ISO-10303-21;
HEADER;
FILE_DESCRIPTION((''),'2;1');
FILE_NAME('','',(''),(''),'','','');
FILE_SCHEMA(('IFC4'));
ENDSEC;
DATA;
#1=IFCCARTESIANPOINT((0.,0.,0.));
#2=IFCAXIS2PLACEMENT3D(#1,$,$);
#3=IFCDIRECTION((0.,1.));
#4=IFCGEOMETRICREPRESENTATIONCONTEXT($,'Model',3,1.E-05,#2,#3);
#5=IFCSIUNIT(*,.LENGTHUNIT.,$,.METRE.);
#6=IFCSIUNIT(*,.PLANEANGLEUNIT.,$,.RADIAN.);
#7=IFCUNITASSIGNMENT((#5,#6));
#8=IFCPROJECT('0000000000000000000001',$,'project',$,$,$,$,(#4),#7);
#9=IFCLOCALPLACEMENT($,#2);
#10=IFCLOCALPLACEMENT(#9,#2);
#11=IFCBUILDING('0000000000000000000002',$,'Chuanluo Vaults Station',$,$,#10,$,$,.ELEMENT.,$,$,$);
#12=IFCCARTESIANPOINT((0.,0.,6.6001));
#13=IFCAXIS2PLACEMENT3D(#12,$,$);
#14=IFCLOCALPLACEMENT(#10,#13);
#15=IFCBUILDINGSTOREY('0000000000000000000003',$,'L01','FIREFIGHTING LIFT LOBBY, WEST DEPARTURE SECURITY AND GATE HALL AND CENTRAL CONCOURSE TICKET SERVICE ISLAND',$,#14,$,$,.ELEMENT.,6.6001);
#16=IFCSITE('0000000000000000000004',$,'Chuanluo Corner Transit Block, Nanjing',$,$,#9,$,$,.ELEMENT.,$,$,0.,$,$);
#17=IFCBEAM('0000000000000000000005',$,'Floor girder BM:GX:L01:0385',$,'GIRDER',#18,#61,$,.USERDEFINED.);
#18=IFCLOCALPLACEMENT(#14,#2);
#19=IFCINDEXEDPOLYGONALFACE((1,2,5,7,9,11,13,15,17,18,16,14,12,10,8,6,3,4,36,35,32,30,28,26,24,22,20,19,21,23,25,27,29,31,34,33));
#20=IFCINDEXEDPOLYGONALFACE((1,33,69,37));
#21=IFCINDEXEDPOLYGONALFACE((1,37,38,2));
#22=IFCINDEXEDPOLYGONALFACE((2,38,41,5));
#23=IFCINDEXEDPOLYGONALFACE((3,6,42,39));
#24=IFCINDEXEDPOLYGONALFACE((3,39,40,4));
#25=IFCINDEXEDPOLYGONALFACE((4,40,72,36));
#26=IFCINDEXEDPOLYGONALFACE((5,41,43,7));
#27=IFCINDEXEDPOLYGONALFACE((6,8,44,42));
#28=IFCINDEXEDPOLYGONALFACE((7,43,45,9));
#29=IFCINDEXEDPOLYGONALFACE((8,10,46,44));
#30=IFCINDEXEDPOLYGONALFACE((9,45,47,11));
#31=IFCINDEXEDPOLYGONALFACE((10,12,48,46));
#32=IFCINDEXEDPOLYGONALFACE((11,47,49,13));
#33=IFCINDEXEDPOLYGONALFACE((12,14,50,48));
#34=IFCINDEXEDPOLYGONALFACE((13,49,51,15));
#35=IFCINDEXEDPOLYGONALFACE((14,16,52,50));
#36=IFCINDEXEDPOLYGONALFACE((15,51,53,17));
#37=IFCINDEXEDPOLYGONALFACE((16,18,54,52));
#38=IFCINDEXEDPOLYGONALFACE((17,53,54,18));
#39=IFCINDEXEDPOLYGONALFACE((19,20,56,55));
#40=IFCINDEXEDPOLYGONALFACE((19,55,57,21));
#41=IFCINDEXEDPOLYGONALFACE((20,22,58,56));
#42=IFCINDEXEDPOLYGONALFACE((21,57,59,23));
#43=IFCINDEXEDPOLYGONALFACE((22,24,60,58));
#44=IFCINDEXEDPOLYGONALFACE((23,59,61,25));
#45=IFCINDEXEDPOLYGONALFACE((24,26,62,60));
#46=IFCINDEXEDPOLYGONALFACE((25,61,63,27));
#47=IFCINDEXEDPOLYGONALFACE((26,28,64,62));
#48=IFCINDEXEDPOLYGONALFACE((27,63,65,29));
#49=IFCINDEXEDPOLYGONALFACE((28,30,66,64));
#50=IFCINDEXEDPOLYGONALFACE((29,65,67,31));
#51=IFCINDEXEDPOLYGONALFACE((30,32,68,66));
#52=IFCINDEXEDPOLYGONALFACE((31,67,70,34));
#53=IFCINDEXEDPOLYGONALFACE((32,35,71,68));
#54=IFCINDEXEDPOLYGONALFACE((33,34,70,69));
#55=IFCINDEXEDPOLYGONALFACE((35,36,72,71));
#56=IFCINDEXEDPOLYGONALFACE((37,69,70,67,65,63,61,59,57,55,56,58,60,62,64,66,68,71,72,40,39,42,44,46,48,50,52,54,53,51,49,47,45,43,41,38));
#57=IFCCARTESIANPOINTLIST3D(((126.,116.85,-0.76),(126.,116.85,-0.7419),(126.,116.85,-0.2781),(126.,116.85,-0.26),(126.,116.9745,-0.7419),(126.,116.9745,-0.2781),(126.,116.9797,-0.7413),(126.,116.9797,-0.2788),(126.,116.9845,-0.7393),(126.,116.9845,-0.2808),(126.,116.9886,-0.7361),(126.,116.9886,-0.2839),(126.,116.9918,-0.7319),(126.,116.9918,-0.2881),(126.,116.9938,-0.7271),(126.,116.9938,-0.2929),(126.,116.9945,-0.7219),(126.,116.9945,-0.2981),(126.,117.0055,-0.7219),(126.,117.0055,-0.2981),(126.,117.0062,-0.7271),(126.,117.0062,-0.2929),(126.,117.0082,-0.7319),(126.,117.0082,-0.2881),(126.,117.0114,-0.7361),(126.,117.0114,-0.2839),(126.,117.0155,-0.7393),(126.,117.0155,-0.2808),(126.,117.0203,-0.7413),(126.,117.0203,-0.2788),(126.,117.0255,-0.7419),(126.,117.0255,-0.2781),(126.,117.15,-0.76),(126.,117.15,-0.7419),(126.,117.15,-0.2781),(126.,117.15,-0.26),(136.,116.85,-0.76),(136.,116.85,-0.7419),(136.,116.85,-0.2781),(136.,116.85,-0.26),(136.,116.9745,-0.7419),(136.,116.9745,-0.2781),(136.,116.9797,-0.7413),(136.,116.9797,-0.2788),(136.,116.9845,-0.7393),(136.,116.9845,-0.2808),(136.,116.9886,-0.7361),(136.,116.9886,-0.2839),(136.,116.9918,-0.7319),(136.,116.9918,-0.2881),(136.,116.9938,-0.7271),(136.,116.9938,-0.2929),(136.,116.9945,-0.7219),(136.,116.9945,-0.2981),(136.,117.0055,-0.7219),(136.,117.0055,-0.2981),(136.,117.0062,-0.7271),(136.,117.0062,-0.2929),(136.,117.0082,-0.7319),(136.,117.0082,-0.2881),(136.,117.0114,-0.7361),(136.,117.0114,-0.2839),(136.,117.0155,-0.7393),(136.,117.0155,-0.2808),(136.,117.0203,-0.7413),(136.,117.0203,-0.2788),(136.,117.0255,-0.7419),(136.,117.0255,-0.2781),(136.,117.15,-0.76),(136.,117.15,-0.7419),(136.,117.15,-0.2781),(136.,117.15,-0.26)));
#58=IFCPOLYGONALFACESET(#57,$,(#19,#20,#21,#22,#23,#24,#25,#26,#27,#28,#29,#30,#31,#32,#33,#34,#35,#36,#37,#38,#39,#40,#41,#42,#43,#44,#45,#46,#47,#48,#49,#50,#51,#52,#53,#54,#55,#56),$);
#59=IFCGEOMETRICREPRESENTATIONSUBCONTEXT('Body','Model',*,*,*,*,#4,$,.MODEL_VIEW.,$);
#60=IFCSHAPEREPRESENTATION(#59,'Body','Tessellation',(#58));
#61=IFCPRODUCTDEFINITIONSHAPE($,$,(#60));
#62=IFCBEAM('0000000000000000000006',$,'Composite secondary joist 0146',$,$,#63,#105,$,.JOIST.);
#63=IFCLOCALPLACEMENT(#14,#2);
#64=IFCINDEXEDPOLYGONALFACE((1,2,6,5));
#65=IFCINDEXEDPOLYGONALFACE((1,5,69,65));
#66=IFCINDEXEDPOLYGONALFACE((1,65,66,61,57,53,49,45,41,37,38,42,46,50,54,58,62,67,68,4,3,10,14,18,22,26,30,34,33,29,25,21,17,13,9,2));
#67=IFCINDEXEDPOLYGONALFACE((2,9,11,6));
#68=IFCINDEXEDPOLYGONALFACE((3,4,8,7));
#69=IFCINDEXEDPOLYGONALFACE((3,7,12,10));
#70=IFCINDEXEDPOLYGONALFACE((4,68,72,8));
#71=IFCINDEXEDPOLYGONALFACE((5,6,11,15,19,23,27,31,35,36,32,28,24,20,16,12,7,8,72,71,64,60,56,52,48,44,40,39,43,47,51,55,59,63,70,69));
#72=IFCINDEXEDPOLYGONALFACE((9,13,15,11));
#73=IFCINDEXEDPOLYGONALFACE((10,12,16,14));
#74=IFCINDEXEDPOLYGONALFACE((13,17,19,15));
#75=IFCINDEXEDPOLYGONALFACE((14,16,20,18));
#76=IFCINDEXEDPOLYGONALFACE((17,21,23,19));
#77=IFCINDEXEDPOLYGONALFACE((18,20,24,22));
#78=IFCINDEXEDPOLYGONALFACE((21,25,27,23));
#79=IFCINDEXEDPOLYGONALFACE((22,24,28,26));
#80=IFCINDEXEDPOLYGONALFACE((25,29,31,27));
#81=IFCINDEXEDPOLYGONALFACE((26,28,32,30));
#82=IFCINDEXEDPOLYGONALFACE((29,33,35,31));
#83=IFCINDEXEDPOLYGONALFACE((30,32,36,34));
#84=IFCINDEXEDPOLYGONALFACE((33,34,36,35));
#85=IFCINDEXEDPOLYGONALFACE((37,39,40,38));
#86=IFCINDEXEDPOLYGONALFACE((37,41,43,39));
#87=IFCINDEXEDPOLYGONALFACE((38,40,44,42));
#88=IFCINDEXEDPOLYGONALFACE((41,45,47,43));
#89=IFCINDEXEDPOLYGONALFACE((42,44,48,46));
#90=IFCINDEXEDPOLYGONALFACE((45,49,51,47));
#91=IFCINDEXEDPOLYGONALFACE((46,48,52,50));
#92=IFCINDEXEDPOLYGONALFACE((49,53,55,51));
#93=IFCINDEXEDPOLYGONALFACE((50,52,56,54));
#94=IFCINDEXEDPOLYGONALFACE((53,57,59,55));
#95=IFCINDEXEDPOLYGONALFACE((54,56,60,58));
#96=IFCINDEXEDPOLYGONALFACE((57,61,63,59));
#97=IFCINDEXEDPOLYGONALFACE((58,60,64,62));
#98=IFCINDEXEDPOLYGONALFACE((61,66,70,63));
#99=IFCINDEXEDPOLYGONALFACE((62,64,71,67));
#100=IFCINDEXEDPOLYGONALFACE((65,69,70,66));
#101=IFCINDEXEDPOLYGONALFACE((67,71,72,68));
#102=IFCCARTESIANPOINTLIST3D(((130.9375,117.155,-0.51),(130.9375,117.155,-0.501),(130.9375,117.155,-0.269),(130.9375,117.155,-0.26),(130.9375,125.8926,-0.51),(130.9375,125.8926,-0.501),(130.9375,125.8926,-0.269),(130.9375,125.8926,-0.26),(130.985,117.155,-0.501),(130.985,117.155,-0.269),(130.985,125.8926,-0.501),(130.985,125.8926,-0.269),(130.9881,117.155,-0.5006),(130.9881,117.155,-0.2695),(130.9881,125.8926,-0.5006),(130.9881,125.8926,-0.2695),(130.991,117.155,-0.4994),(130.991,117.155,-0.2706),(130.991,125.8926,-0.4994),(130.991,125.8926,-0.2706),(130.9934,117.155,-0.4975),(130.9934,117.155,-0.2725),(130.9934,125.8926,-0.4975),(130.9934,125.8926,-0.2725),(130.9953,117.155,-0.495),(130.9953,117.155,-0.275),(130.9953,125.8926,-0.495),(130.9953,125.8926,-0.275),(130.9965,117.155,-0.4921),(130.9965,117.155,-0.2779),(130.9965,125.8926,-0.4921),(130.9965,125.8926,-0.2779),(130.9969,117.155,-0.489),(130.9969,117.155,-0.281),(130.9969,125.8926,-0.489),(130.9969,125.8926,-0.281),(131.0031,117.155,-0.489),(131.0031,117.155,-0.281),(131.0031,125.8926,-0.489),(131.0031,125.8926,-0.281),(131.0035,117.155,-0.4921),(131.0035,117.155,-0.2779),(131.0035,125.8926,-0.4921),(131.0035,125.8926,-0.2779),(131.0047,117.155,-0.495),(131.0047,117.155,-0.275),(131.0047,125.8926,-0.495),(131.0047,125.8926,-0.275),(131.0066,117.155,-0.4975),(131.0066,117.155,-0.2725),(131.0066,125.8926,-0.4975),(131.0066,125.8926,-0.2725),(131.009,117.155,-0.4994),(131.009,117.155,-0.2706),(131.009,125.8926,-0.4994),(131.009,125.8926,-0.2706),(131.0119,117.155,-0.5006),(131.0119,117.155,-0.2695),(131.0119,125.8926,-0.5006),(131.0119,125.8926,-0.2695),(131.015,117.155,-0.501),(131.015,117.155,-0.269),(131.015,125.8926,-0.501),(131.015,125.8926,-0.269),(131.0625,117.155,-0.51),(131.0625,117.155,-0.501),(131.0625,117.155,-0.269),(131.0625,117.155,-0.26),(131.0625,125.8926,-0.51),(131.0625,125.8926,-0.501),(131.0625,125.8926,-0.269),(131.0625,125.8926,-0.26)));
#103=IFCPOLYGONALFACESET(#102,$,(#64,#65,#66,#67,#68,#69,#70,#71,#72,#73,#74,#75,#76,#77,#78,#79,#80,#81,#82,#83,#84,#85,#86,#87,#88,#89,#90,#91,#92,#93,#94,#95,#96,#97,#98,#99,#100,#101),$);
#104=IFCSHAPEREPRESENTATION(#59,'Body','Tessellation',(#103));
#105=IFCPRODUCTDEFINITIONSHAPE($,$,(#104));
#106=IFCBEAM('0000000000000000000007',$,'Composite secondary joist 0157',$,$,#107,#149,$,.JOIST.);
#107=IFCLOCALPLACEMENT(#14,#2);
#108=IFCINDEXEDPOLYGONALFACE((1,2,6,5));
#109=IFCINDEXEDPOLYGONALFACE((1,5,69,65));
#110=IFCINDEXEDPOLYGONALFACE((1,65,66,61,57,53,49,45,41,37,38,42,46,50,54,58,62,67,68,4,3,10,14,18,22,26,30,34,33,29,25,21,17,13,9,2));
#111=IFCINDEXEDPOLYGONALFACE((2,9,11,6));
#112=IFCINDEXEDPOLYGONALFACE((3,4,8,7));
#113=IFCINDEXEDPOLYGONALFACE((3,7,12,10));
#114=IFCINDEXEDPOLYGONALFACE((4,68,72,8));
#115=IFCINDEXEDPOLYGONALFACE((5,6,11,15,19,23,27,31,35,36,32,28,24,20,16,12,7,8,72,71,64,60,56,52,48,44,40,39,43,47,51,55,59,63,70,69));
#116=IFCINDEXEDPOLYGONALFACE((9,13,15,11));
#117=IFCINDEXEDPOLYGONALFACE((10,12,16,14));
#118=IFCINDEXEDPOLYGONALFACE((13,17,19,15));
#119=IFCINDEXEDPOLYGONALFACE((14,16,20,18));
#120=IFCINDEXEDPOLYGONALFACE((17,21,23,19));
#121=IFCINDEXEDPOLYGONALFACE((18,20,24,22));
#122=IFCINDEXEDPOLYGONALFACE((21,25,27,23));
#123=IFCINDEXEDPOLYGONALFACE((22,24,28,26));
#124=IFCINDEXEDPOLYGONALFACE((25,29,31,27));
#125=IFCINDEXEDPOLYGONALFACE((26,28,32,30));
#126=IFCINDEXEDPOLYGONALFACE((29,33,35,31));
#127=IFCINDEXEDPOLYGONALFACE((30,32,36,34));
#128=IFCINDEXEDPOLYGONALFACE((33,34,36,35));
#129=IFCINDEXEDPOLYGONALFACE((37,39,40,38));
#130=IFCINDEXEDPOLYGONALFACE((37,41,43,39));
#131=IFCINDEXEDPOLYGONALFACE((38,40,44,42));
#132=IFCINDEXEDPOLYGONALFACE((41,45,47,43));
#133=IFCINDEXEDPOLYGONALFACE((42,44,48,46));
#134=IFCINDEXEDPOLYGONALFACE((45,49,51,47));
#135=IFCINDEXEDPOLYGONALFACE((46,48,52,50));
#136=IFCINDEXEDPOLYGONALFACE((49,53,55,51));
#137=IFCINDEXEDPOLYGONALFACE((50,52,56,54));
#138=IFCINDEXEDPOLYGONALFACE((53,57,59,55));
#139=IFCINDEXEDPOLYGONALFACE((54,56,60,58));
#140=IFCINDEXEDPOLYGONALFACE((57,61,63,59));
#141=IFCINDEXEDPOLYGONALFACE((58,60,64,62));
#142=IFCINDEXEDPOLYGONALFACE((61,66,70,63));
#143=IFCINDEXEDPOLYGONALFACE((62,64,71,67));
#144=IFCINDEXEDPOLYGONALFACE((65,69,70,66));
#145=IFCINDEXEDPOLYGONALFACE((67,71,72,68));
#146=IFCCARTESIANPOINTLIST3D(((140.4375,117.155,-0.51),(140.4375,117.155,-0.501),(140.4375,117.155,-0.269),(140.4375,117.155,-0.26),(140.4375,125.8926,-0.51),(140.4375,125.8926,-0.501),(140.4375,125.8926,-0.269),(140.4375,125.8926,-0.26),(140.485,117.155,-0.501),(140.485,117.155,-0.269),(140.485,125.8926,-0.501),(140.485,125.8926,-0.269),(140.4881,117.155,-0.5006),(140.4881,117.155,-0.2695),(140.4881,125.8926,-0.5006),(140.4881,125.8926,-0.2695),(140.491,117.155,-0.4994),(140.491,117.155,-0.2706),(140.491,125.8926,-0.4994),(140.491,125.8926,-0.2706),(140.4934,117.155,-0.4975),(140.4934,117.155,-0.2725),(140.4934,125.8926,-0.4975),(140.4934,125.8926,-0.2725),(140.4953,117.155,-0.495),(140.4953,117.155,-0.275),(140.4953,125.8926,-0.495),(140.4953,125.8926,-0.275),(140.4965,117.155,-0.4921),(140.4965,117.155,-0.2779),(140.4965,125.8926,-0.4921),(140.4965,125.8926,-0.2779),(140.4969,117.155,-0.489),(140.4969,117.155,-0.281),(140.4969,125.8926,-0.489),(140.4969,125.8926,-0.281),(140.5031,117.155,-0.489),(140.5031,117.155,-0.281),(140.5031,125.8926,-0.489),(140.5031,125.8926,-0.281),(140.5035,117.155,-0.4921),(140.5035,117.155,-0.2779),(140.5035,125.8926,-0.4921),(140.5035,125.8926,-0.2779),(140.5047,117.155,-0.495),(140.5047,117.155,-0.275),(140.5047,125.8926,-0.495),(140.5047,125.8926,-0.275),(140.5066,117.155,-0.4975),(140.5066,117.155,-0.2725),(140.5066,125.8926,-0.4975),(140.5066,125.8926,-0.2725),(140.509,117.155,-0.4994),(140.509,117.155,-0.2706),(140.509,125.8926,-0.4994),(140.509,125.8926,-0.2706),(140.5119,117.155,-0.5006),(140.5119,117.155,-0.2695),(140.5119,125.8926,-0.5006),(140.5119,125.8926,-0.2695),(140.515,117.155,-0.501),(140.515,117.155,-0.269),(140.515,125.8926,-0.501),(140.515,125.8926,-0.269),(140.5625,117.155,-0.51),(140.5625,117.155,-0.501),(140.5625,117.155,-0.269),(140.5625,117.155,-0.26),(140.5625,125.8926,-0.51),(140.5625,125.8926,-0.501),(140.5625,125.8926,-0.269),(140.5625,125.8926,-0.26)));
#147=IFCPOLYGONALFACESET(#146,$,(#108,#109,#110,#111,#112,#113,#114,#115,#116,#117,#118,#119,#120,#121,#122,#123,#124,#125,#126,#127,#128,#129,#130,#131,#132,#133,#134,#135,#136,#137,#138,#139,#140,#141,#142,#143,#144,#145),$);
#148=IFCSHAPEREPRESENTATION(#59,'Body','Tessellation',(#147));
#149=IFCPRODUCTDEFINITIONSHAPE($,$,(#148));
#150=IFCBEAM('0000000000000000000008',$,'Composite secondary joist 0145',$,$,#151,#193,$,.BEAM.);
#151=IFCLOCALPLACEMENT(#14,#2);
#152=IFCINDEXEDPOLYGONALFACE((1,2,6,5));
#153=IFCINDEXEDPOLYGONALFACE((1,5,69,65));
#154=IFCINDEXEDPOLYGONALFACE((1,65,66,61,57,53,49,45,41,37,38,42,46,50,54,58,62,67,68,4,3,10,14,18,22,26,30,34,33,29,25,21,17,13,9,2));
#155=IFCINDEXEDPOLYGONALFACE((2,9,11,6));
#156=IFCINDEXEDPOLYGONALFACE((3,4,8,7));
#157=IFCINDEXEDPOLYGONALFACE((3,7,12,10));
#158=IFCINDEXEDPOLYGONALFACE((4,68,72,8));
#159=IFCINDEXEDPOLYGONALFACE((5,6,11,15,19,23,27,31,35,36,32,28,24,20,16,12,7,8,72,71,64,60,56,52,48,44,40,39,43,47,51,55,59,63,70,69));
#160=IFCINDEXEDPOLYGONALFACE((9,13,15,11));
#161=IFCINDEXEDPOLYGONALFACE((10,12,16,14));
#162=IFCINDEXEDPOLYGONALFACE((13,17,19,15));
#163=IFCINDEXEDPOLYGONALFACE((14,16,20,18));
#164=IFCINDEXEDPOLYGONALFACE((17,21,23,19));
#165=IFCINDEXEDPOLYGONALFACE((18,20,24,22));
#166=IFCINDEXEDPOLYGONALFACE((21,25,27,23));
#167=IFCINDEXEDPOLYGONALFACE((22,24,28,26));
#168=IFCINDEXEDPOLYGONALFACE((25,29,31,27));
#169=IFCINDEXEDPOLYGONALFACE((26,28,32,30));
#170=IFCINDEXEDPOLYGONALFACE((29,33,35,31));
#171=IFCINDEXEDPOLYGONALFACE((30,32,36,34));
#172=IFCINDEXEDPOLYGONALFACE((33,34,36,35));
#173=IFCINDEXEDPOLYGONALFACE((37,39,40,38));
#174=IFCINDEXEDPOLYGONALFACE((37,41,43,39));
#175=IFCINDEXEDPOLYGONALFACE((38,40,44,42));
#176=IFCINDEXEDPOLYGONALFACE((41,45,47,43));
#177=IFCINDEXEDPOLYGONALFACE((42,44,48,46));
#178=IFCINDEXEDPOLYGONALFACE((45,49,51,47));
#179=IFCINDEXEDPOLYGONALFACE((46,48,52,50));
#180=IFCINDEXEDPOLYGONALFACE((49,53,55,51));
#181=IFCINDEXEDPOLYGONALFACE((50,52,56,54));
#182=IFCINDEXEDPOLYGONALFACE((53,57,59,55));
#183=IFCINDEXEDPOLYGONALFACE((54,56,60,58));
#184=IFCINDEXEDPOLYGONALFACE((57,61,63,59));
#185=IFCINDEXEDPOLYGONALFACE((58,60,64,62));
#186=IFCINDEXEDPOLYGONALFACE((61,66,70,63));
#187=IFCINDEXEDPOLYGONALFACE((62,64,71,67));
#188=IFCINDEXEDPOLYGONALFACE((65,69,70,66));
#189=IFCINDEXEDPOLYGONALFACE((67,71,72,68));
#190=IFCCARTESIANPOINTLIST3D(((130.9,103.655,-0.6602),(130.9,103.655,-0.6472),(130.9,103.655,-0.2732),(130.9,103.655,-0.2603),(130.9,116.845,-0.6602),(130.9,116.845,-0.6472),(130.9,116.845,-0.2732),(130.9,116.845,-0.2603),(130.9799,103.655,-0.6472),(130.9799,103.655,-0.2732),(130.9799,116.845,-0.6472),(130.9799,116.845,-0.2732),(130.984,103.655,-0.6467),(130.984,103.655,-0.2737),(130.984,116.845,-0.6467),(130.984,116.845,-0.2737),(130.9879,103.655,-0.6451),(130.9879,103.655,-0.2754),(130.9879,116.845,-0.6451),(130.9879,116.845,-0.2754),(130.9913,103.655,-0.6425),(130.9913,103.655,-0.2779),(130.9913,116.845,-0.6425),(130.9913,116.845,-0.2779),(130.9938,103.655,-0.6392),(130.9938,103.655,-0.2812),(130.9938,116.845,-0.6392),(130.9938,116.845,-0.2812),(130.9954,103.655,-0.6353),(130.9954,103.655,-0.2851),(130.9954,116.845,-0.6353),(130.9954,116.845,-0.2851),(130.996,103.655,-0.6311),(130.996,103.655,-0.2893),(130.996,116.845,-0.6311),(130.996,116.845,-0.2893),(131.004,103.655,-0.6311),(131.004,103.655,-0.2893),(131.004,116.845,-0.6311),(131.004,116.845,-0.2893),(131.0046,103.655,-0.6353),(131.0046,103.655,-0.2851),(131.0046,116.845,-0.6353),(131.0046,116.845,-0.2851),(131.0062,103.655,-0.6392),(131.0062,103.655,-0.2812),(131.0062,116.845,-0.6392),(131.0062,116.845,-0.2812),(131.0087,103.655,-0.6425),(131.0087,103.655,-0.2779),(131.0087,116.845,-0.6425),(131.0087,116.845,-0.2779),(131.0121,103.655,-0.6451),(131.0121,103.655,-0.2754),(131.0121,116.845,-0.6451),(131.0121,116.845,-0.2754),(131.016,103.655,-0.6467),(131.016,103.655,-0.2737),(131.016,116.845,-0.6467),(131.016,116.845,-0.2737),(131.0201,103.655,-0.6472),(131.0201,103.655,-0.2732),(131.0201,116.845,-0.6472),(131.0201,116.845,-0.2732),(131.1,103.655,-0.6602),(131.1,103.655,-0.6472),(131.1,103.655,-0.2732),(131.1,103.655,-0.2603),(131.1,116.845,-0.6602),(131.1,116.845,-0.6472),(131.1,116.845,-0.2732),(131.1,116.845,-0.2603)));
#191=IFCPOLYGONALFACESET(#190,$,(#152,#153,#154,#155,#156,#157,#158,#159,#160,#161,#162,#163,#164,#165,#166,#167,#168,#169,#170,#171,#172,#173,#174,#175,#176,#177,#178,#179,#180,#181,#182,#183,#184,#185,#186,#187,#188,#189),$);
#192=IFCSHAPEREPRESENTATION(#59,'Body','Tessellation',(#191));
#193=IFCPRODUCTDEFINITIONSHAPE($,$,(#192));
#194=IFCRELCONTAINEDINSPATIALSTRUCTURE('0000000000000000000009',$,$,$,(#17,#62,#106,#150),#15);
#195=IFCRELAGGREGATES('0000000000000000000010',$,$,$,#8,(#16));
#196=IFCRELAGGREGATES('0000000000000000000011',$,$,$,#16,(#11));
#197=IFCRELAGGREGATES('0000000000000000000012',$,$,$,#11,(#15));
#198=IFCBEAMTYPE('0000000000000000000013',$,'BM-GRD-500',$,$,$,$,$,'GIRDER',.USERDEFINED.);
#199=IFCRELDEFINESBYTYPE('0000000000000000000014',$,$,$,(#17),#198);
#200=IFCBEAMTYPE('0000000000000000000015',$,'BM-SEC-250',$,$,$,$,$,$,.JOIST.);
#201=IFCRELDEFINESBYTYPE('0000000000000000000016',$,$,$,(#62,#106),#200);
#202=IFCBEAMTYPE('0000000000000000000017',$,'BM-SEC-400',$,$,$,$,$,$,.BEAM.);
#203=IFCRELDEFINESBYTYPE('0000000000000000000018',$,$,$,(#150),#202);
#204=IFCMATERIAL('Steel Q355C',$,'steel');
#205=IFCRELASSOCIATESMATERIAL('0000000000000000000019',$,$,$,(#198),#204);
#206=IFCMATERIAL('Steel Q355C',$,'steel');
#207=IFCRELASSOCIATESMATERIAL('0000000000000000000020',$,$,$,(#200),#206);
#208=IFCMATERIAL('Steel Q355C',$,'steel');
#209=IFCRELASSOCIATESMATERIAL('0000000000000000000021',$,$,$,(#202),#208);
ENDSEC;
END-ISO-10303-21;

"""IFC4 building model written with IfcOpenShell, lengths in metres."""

from ifc_helpers import new_model, si_unit, direction, frame, origin, origin_2d, place, context, subcontext, project, spatial, i_section, extrude, material, material_profile, profile_set, type_object, element, save


model = new_model("IFC4")

# Units and contexts
model_context = context("Model", 3, precision=1e-05, world=origin(), true_north=direction((0.0, 1.0)))
body_context = subcontext(model_context, "Body", "Model", "MODEL_VIEW")
ifc_project = project(units=[si_unit("LENGTHUNIT", "METRE"), si_unit("PLANEANGLEUNIT", "RADIAN")], contexts=[model_context])

# Site, building, storey
site_placement = place(None, origin())
site = spatial("IfcSite", under=ifc_project, at=site_placement, Name="Chuanluo Corner Transit Block, Nanjing", CompositionType="ELEMENT", RefElevation=0.0)
building_placement = place(site_placement, origin())
building = spatial("IfcBuilding", under=site, at=building_placement, Name="Chuanluo Vaults Station", CompositionType="ELEMENT")
storey_placement = place(building_placement, frame((0.0, 0.0, 6.6001)))
storey = spatial("IfcBuildingStorey", under=building, at=storey_placement, Name="L01", Description="FIREFIGHTING LIFT LOBBY, WEST DEPARTURE SECURITY AND GATE HALL AND CENTRAL CONCOURSE TICKET SERVICE ISLAND", CompositionType="ELEMENT", Elevation=6.6001)

# Beams
ifc_material_1 = material(Name="Steel Q355C", Category="steel")
ifc_material_profile_1 = material_profile(ifc_material_1, i_section(OverallWidth=0.3, OverallDepth=0.5, WebThickness=0.011, FlangeThickness=0.0181, FilletRadius=0.02, at=origin_2d()))
ifc_profile_set_1 = profile_set([ifc_material_profile_1], Name="Steel Q355C")
beam_type_1 = type_object("IfcBeamType", Name="BM-GRD-500", ElementType="GIRDER", PredefinedType="USERDEFINED", material=ifc_profile_set_1)
beam_1_placement = place(storey_placement, frame((126.0, 117.0, -0.51), z_axis=(1.0, 0.0, 0.0), x_axis=(0.0, 1.0, 0.0)))
element("IfcBeam", 1, at=beam_1_placement, inside=storey, type_object=beam_type_1, Name="Floor girder BM:GX:L01:0385", ObjectType="GIRDER", PredefinedType="USERDEFINED", context=body_context, shape_type="SweptSolid", body=[
    extrude(i_section(OverallWidth=0.3, OverallDepth=0.5, WebThickness=0.011, FlangeThickness=0.0181, FilletRadius=0.02, at=origin_2d()), origin(), (0.0, 0.0, 1.0), 10.0),
])
ifc_material_2 = material(Name="Steel Q355C", Category="steel")
ifc_material_profile_2 = material_profile(ifc_material_2, i_section(OverallWidth=0.125, OverallDepth=0.25, WebThickness=0.0061, FlangeThickness=0.009, FilletRadius=0.012, at=origin_2d()))
ifc_profile_set_2 = profile_set([ifc_material_profile_2], Name="Steel Q355C")
beam_type_2 = type_object("IfcBeamType", Name="BM-SEC-250", PredefinedType="JOIST", material=ifc_profile_set_2)
for number, where, z_axis, x_axis, name in (
    (2, (131.0, 117.155, -0.385), (0.0, 1.0, 0.0), (-1.0, 0.0, 0.0), "Composite secondary joist 0146"),
    (3, (140.5, 117.155, -0.385), (0.0, 1.0, 0.0), (-1.0, 0.0, 0.0), "Composite secondary joist 0157"),
):
    element("IfcBeam", number, at=place(storey_placement, frame(where, z_axis=z_axis, x_axis=x_axis)), inside=storey, type_object=beam_type_2, Name=name, PredefinedType="JOIST", context=body_context, shape_type="SweptSolid", body=[
        extrude(i_section(OverallWidth=0.125, OverallDepth=0.25, WebThickness=0.0061, FlangeThickness=0.009, FilletRadius=0.012, at=origin_2d()), origin(), (0.0, 0.0, 1.0), 8.7375),
    ])
ifc_material_3 = material(Name="Steel Q355C", Category="steel")
ifc_material_profile_3 = material_profile(ifc_material_3, i_section(OverallWidth=0.2, OverallDepth=0.3999, WebThickness=0.0081, FlangeThickness=0.0129, FilletRadius=0.0161, at=origin_2d()))
ifc_profile_set_3 = profile_set([ifc_material_profile_3], Name="Steel Q355C")
beam_type_3 = type_object("IfcBeamType", Name="BM-SEC-400", PredefinedType="BEAM", material=ifc_profile_set_3)
for number, where, z_axis, x_axis, name in (
    (4, (131.0, 103.655, -0.4602), (0.0, 1.0, 0.0), (-1.0, 0.0, 0.0), "Composite secondary joist 0145"),
):
    element("IfcBeam", number, at=place(storey_placement, frame(where, z_axis=z_axis, x_axis=x_axis)), inside=storey, type_object=beam_type_3, Name=name, PredefinedType="BEAM", context=body_context, shape_type="SweptSolid", body=[
        extrude(i_section(OverallWidth=0.2, OverallDepth=0.3999, WebThickness=0.0081, FlangeThickness=0.0129, FilletRadius=0.0161, at=origin_2d()), origin(), (0.0, 0.0, 1.0), 13.1899),
    ])

save(model, "model.ifc")
